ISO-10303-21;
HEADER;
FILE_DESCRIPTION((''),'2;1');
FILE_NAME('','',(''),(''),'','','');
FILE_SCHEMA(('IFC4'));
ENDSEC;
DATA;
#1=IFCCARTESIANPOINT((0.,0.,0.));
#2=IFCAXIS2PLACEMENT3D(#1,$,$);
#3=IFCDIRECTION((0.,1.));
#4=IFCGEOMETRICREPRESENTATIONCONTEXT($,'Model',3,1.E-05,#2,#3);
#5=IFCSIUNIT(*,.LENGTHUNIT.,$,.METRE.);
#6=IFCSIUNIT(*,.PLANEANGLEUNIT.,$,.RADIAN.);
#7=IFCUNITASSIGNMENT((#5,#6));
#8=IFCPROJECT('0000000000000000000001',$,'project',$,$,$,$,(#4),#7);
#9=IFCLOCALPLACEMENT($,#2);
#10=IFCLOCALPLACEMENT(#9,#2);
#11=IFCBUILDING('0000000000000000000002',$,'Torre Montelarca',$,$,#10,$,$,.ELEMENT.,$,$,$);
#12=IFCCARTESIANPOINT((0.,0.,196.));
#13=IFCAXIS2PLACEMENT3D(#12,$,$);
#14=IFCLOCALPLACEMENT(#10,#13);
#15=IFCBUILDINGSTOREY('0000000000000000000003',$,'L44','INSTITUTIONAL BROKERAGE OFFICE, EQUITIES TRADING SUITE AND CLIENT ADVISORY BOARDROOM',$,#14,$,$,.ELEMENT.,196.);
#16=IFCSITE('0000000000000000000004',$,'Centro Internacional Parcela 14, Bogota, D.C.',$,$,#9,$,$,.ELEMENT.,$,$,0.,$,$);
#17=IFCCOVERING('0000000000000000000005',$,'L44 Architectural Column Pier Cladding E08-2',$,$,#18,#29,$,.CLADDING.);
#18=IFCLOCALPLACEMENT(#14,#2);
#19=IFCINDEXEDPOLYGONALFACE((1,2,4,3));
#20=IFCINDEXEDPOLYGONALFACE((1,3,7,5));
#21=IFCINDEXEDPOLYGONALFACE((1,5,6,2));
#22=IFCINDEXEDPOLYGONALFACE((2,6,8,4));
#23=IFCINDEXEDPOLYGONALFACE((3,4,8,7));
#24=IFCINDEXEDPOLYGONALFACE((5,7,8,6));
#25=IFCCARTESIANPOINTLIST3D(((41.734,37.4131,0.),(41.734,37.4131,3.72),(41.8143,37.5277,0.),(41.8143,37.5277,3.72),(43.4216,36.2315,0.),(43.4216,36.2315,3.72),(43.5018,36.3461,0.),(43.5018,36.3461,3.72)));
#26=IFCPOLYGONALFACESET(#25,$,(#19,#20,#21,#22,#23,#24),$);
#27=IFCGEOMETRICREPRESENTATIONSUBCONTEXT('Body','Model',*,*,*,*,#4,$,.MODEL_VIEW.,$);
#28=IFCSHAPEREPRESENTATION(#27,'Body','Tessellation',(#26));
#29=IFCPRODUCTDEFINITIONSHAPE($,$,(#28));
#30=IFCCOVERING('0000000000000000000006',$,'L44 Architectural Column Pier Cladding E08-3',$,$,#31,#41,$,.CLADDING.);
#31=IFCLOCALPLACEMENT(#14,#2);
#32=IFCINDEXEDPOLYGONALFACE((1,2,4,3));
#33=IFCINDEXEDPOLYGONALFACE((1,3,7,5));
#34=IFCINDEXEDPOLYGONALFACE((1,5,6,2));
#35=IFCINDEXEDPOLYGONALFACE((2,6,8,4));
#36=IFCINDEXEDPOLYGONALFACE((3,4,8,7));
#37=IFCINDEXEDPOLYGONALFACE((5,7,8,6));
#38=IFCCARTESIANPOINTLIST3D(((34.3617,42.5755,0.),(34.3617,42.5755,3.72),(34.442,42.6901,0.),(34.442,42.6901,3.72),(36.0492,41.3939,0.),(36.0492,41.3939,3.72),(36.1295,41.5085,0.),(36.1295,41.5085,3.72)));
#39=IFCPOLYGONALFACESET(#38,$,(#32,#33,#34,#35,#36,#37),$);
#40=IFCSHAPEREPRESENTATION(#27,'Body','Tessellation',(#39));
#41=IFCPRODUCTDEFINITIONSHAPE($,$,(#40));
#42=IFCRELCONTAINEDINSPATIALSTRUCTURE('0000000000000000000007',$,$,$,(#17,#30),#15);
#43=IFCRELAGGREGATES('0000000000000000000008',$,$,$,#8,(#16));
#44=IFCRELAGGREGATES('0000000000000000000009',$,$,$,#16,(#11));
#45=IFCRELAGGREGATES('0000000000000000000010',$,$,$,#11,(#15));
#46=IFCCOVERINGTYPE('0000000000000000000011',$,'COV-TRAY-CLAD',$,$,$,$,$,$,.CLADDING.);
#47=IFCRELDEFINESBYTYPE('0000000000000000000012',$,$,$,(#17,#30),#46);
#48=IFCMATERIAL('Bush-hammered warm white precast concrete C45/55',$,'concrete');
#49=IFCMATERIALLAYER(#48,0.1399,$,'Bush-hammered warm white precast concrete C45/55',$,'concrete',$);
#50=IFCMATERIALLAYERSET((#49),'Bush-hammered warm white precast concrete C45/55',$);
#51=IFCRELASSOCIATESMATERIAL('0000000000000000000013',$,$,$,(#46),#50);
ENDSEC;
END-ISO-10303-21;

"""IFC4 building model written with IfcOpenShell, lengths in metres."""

from ifc_helpers import new_model, si_unit, direction, frame, origin, origin_2d, place, context, subcontext, project, spatial, rectangle, extrude, source, transform, mapped, material, layer, layer_set, type_object, element, save


model = new_model("IFC4")

# Units and contexts
model_context = context("Model", 3, precision=1e-05, world=origin(), true_north=direction((0.0, 1.0)))
body_context = subcontext(model_context, "Body", "Model", "MODEL_VIEW")
ifc_project = project(units=[si_unit("LENGTHUNIT", "METRE"), si_unit("PLANEANGLEUNIT", "RADIAN")], contexts=[model_context])

# Site, building, storey
site_placement = place(None, origin())
site = spatial("IfcSite", under=ifc_project, at=site_placement, Name="Centro Internacional Parcela 14, Bogota, D.C.", CompositionType="ELEMENT", RefElevation=0.0)
building_placement = place(site_placement, origin())
building = spatial("IfcBuilding", under=site, at=building_placement, Name="Torre Montelarca", CompositionType="ELEMENT")
storey_placement = place(building_placement, frame((0.0, 0.0, 196.0)))
storey = spatial("IfcBuildingStorey", under=building, at=storey_placement, Name="L44", Description="INSTITUTIONAL BROKERAGE OFFICE, EQUITIES TRADING SUITE AND CLIENT ADVISORY BOARDROOM", CompositionType="ELEMENT", Elevation=196.0)

# Coverings
ifc_material_1 = material(Name="Bush-hammered warm white precast concrete C45/55", Category="concrete")
ifc_layer_1 = layer(ifc_material_1, 0.1399, Name="Bush-hammered warm white precast concrete C45/55", Category="concrete")
ifc_layer_set_1 = layer_set([ifc_layer_1], Name="Bush-hammered warm white precast concrete C45/55")
covering_type = type_object("IfcCoveringType", Name="COV-TRAY-CLAD", PredefinedType="CLADDING", material=ifc_layer_set_1)
shared_shape_1 = source(origin(), body_context, "Body", "SweptSolid", [
    extrude(rectangle(XDim=2.0601, YDim=0.1399, at=origin_2d()), origin(), (0.0, 0.0, 1.0), 3.72),
])
for number, where, z_axis, x_axis, name in (
    (1, (42.6179, 36.8796, 0.0), (0.0, 0.0, 1.0), (-0.819154, 0.573574, 0.0), "L44 Architectural Column Pier Cladding E08-2"),
    (2, (35.2456, 42.042, 0.0), (0.0, 0.0, 1.0), (-0.819154, 0.573574, 0.0), "L44 Architectural Column Pier Cladding E08-3"),
):
    element("IfcCovering", number, at=place(storey_placement, frame(where, z_axis=z_axis, x_axis=x_axis)), inside=storey, type_object=covering_type, Name=name, PredefinedType="CLADDING", context=body_context, shape_type="MappedRepresentation", body=[
        mapped(shared_shape_1, transform((0.0, 0.0, 0.0), scale=1.0)),
    ])

save(model, "model.ifc")
